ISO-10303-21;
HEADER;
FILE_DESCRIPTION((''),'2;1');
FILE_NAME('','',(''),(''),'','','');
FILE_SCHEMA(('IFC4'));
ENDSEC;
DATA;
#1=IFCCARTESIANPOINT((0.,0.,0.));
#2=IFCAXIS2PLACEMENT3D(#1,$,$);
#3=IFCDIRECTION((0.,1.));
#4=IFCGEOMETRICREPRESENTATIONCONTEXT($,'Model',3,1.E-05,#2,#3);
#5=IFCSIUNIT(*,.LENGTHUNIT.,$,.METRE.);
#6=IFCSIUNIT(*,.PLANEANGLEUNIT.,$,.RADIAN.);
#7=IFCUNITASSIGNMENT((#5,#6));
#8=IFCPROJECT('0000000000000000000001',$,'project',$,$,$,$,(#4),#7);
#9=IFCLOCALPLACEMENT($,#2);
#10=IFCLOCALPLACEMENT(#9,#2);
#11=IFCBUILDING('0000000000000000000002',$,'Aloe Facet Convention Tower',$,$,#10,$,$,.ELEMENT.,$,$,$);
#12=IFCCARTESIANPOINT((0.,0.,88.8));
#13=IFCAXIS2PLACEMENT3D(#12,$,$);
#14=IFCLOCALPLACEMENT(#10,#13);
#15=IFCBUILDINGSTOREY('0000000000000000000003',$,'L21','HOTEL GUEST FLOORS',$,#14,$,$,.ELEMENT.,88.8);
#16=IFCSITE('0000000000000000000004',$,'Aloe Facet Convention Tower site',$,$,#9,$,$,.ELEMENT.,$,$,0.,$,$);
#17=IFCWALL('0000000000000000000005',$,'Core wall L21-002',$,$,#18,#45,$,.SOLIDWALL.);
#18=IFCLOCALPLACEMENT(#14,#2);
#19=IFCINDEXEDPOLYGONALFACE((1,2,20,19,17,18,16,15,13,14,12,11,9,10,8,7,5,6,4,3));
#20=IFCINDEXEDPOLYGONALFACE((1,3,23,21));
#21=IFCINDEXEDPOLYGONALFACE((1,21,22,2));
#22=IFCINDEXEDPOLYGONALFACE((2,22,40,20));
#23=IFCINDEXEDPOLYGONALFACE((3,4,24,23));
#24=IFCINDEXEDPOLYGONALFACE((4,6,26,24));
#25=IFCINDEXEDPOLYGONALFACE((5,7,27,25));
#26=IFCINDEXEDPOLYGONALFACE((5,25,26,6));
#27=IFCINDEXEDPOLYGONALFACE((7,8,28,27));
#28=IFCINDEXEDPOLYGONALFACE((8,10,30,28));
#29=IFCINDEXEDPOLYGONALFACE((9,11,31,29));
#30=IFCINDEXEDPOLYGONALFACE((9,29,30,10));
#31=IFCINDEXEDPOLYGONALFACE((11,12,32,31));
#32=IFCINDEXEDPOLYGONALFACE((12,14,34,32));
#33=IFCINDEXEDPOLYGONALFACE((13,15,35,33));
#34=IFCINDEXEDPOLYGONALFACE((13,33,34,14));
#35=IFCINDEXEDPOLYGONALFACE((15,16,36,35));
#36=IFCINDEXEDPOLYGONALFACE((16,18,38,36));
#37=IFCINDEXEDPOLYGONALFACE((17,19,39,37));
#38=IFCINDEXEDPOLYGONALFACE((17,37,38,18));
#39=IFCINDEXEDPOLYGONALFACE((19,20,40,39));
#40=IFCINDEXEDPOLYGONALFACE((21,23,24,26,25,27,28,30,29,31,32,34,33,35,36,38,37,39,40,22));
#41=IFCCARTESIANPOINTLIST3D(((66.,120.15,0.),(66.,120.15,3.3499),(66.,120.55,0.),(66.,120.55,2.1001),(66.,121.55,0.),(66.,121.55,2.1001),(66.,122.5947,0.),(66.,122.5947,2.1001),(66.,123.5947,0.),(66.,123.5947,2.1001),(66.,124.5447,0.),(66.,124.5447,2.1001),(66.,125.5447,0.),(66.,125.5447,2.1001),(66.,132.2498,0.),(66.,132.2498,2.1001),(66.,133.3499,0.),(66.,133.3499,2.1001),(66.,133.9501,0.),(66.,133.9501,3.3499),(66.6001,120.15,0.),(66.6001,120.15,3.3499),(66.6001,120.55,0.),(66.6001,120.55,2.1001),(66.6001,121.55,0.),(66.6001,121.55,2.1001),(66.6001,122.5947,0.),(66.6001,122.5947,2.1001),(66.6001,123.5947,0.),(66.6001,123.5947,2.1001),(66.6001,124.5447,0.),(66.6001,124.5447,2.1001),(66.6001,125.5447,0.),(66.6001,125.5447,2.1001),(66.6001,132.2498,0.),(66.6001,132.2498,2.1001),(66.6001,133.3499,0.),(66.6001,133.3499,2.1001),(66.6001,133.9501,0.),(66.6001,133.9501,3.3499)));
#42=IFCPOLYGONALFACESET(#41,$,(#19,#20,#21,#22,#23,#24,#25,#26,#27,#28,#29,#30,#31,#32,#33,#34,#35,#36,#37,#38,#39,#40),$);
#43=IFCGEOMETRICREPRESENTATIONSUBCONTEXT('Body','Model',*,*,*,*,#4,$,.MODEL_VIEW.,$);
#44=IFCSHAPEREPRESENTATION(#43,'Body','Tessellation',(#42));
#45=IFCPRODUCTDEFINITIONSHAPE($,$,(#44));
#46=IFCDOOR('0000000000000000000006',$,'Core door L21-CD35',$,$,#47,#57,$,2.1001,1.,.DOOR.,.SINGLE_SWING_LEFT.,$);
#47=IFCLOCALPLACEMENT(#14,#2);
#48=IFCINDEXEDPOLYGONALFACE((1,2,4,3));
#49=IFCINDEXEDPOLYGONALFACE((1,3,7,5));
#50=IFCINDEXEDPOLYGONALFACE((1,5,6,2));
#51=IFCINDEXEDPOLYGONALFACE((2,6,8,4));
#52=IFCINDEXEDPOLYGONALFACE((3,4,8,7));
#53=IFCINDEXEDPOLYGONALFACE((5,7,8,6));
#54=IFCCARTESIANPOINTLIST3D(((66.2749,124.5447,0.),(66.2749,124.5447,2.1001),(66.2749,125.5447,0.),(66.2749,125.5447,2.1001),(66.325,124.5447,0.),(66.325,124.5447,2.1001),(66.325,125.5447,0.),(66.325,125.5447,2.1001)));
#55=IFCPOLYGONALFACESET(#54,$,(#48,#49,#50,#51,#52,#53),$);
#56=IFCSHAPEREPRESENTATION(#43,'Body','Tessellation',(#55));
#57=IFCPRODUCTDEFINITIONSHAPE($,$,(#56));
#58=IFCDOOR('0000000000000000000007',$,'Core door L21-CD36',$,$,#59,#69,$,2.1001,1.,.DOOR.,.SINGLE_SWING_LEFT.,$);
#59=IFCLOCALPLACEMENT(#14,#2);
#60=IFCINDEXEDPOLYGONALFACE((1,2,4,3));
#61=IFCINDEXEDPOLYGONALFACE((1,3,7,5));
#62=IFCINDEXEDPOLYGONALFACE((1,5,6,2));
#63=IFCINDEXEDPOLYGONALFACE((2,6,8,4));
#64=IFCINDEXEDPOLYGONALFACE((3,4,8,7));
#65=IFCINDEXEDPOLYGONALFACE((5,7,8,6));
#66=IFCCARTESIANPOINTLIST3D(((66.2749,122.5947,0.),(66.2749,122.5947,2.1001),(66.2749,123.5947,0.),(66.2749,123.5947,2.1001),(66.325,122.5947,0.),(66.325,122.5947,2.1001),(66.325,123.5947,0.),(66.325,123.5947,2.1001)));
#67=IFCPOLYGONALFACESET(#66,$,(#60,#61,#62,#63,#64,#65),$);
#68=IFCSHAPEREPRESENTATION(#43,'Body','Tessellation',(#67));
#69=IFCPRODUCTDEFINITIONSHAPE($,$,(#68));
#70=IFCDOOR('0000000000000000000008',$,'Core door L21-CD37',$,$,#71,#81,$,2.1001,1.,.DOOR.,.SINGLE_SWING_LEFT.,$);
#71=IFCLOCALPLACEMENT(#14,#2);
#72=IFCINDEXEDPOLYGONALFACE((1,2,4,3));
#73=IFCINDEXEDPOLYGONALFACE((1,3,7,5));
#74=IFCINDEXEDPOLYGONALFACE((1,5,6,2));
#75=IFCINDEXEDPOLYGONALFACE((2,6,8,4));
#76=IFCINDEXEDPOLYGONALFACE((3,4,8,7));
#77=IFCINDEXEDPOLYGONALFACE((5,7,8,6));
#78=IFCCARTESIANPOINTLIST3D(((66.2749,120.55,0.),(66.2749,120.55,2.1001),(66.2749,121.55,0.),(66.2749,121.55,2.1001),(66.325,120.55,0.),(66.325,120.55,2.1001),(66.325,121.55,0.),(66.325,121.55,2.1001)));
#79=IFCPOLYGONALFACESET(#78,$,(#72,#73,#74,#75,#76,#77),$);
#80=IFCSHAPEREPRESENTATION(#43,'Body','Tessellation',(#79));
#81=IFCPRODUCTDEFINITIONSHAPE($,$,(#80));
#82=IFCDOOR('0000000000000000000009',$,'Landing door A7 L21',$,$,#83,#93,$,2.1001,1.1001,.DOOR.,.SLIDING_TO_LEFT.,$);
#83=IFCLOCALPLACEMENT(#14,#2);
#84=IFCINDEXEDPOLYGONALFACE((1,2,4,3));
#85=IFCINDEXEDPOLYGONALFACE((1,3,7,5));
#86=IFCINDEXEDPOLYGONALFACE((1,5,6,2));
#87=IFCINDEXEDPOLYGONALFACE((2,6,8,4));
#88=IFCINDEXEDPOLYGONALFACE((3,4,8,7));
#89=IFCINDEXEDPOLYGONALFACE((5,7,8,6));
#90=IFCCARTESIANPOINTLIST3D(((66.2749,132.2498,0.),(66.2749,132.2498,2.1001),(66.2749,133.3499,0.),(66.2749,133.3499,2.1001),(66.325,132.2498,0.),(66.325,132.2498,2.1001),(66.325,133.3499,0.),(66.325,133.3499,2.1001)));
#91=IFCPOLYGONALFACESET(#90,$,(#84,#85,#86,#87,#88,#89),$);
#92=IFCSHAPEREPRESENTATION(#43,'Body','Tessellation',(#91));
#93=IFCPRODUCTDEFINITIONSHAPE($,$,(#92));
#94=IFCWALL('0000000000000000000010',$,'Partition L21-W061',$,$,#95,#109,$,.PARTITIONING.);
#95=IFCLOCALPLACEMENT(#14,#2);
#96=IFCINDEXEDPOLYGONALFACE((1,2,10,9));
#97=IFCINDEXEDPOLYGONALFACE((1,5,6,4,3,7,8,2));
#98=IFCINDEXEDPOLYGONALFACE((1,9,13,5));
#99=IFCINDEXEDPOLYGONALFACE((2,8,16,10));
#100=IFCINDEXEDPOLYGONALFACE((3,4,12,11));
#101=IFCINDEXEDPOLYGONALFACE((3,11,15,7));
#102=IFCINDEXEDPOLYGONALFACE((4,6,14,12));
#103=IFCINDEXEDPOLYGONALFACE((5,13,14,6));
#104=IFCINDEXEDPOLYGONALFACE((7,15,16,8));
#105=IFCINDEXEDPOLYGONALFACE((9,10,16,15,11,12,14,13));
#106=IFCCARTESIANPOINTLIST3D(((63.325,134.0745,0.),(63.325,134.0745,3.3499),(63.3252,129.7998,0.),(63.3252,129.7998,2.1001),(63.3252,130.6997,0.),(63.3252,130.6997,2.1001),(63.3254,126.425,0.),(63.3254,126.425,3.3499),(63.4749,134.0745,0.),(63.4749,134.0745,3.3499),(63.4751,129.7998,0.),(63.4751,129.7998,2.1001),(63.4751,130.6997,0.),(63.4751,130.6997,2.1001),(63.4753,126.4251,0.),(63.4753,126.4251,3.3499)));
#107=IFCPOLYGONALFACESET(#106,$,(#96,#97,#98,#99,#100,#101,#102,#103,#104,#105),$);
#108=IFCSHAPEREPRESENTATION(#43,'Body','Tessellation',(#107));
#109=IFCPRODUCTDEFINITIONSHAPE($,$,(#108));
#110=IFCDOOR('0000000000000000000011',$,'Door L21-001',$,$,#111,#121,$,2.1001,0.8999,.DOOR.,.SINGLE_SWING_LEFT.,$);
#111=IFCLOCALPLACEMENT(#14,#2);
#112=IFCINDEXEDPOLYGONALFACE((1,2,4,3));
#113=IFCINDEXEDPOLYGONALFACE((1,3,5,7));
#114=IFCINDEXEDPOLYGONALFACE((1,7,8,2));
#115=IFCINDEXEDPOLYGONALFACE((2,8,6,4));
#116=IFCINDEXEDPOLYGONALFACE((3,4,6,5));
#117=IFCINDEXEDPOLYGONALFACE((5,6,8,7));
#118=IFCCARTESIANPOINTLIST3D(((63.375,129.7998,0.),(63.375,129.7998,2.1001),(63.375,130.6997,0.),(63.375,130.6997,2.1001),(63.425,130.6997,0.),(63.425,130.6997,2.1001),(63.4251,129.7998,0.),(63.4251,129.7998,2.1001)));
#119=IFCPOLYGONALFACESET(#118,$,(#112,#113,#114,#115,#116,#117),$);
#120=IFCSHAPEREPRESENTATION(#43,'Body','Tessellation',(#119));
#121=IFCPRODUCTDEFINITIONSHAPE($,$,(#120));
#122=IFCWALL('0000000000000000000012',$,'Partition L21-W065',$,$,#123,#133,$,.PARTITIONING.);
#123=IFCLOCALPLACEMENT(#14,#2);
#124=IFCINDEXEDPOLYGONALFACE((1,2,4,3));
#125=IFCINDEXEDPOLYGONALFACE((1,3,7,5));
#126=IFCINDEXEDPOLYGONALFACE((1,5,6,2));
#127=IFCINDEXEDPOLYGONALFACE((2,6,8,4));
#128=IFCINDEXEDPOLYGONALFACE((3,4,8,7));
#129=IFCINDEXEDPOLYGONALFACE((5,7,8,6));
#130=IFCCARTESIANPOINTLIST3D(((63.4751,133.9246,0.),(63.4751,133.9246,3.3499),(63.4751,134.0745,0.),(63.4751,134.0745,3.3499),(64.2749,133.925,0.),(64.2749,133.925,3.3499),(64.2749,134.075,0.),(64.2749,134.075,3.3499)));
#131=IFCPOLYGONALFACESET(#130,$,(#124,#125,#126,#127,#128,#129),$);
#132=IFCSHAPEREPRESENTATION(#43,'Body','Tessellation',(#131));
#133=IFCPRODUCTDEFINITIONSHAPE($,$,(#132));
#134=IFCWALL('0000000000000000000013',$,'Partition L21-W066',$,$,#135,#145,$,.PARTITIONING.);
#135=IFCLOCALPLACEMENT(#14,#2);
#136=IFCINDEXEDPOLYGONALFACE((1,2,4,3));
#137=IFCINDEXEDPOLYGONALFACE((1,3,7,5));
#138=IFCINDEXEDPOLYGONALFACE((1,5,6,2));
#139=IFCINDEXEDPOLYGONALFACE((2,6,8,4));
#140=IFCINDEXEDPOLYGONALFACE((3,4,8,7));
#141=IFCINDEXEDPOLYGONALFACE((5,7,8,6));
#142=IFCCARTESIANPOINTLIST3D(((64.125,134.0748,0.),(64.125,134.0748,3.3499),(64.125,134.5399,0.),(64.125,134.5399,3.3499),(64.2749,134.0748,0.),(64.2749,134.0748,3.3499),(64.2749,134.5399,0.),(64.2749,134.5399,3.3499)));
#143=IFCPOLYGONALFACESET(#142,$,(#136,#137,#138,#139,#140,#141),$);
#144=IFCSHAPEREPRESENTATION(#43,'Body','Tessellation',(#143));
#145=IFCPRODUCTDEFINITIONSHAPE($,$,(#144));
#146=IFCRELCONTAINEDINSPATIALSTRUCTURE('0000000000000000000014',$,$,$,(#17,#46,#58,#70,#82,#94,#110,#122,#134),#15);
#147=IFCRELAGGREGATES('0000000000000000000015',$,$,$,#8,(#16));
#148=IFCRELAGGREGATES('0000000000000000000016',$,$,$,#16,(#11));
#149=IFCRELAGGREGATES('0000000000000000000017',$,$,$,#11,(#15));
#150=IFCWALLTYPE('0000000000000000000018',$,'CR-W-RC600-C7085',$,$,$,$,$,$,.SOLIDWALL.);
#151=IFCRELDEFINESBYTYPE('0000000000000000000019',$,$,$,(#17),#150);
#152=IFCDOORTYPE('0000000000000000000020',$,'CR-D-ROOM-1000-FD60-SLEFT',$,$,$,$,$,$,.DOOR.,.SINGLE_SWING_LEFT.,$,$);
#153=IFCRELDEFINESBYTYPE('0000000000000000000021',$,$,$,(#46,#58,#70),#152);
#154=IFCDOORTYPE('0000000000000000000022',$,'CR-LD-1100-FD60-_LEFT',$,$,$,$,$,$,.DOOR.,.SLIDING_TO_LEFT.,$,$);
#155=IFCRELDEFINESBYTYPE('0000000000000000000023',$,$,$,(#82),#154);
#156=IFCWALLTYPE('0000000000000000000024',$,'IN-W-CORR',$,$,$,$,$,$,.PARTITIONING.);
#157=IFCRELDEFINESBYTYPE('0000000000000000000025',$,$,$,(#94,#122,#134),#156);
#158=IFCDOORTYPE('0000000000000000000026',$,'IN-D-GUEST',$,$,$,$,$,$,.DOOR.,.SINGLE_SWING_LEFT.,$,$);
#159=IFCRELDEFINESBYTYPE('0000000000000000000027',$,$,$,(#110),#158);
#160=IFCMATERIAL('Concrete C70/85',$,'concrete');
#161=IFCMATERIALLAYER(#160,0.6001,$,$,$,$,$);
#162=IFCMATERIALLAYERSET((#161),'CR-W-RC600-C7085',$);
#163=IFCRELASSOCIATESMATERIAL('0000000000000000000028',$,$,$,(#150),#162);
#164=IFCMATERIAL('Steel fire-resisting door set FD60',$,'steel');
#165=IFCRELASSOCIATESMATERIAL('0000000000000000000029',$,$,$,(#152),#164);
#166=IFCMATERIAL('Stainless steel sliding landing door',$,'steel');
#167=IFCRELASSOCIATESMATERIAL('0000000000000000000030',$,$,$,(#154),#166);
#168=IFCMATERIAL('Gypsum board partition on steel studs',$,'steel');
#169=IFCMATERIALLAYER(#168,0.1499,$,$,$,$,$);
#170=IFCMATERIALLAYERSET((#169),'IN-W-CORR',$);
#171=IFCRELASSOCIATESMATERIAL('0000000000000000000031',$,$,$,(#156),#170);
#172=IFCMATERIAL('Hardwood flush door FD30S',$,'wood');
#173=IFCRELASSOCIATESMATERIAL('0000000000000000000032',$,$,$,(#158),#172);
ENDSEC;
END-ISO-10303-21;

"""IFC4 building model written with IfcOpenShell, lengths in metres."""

from ifc_helpers import new_model, si_unit, direction, frame, frame_2d, origin, place, context, subcontext, project, spatial, rectangle, extrude, material, layer, layer_set, type_object, element, fill, save


model = new_model("IFC4")

# Units and contexts
model_context = context("Model", 3, precision=1e-05, world=origin(), true_north=direction((0.0, 1.0)))
body_context = subcontext(model_context, "Body", "Model", "MODEL_VIEW")
ifc_project = project(units=[si_unit("LENGTHUNIT", "METRE"), si_unit("PLANEANGLEUNIT", "RADIAN")], contexts=[model_context])

# Site, building, storey
site_placement = place(None, origin())
site = spatial("IfcSite", under=ifc_project, at=site_placement, Name="Aloe Facet Convention Tower site", CompositionType="ELEMENT", RefElevation=0.0)
building_placement = place(site_placement, origin())
building = spatial("IfcBuilding", under=site, at=building_placement, Name="Aloe Facet Convention Tower", CompositionType="ELEMENT")
storey_placement = place(building_placement, frame((0.0, 0.0, 88.8)))
storey = spatial("IfcBuildingStorey", under=building, at=storey_placement, Name="L21", Description="HOTEL GUEST FLOORS", CompositionType="ELEMENT", Elevation=88.8)

# Shared definitions
ifc_material_1 = material(Name="Concrete C70/85", Category="concrete")
ifc_layer_1 = layer(ifc_material_1, 0.6001)
ifc_layer_set_1 = layer_set([ifc_layer_1], Name="CR-W-RC600-C7085")
wall_type_1 = type_object("IfcWallType", Name="CR-W-RC600-C7085", PredefinedType="SOLIDWALL", material=ifc_layer_set_1)

# Wall, openings, doors
wall_1_placement = place(storey_placement, frame((66.3, 133.95, 0.0), z_axis=(0.0, 0.0, 1.0), x_axis=(0.0, -1.0, 0.0)))
wall_1 = element("IfcWall", 1, at=wall_1_placement, inside=storey, type_object=wall_type_1, Name="Core wall L21-002", PredefinedType="SOLIDWALL", context=body_context, shape_type="SweptSolid", body=[
    extrude(rectangle(XDim=13.8, YDim=0.6001, at=frame_2d((6.8999, 0.0))), origin(), (0.0, 0.0, 1.0), 3.3499),
])
opening_1_placement = place(wall_1_placement, frame((0.6001, 0.0, 0.0)))
opening_1 = element("IfcOpeningElement", 2, at=opening_1_placement, cuts=wall_1, PredefinedType="OPENING", context=body_context, shape_type="SweptSolid", body=[
    extrude(rectangle(XDim=1.1001, YDim=2.1001, at=frame_2d((0.55, 1.05))), frame((0.0, 0.3101, 0.0), z_axis=(0.0, -1.0, 0.0), x_axis=(1.0, 0.0, 0.0)), (0.0, 0.0, 1.0), 0.6201),
])
opening_2_placement = place(wall_1_placement, frame((8.4053, 0.0, 0.0)))
opening_2 = element("IfcOpeningElement", 3, at=opening_2_placement, cuts=wall_1, PredefinedType="OPENING", context=body_context, shape_type="SweptSolid", body=[
    extrude(rectangle(XDim=1.0, YDim=2.1001, at=frame_2d((0.5, 1.05))), frame((0.0, 0.3101, 0.0), z_axis=(0.0, -1.0, 0.0), x_axis=(1.0, 0.0, 0.0)), (0.0, 0.0, 1.0), 0.6201),
])
opening_3_placement = place(wall_1_placement, frame((10.3552, 0.0, 0.0)))
opening_3 = element("IfcOpeningElement", 4, at=opening_3_placement, cuts=wall_1, PredefinedType="OPENING", context=body_context, shape_type="SweptSolid", body=[
    extrude(rectangle(XDim=1.0, YDim=2.1001, at=frame_2d((0.5, 1.05))), frame((0.0, 0.3101, 0.0), z_axis=(0.0, -1.0, 0.0), x_axis=(1.0, 0.0, 0.0)), (0.0, 0.0, 1.0), 0.6201),
])
opening_4_placement = place(wall_1_placement, frame((12.3999, 0.0, 0.0)))
opening_4 = element("IfcOpeningElement", 5, at=opening_4_placement, cuts=wall_1, PredefinedType="OPENING", context=body_context, shape_type="SweptSolid", body=[
    extrude(rectangle(XDim=1.0, YDim=2.1001, at=frame_2d((0.5, 1.05))), frame((0.0, 0.3101, 0.0), z_axis=(0.0, -1.0, 0.0), x_axis=(1.0, 0.0, 0.0)), (0.0, 0.0, 1.0), 0.6201),
])
ifc_material_2 = material(Name="Steel fire-resisting door set FD60", Category="steel")
door_type_1 = type_object("IfcDoorType", Name="CR-D-ROOM-1000-FD60-SLEFT", OperationType="SINGLE_SWING_LEFT", PredefinedType="DOOR", material=ifc_material_2)
door_1_placement = place(opening_2_placement, origin())
door_1 = element("IfcDoor", 6, at=door_1_placement, inside=storey, type_object=door_type_1, Name="Core door L21-CD35", OperationType="SINGLE_SWING_LEFT", OverallHeight=2.1001, OverallWidth=1.0, PredefinedType="DOOR", context=body_context, shape_type="SweptSolid", body=[
    extrude(rectangle(XDim=1.0, YDim=2.1001, at=frame_2d((0.5, 1.05))), frame((0.0, 0.0249, 0.0), z_axis=(0.0, -1.0, 0.0), x_axis=(1.0, 0.0, 0.0)), (0.0, 0.0, 1.0), 0.05),
])
fill(opening_2, door_1)
door_2_placement = place(opening_3_placement, origin())
door_2 = element("IfcDoor", 7, at=door_2_placement, inside=storey, type_object=door_type_1, Name="Core door L21-CD36", OperationType="SINGLE_SWING_LEFT", OverallHeight=2.1001, OverallWidth=1.0, PredefinedType="DOOR", context=body_context, shape_type="SweptSolid", body=[
    extrude(rectangle(XDim=1.0, YDim=2.1001, at=frame_2d((0.5, 1.05))), frame((0.0, 0.0249, 0.0), z_axis=(0.0, -1.0, 0.0), x_axis=(1.0, 0.0, 0.0)), (0.0, 0.0, 1.0), 0.05),
])
fill(opening_3, door_2)
door_3_placement = place(opening_4_placement, origin())
door_3 = element("IfcDoor", 8, at=door_3_placement, inside=storey, type_object=door_type_1, Name="Core door L21-CD37", OperationType="SINGLE_SWING_LEFT", OverallHeight=2.1001, OverallWidth=1.0, PredefinedType="DOOR", context=body_context, shape_type="SweptSolid", body=[
    extrude(rectangle(XDim=1.0, YDim=2.1001, at=frame_2d((0.5, 1.05))), frame((0.0, 0.0249, 0.0), z_axis=(0.0, -1.0, 0.0), x_axis=(1.0, 0.0, 0.0)), (0.0, 0.0, 1.0), 0.05),
])
fill(opening_4, door_3)
ifc_material_3 = material(Name="Stainless steel sliding landing door", Category="steel")
door_type_2 = type_object("IfcDoorType", Name="CR-LD-1100-FD60-_LEFT", OperationType="SLIDING_TO_LEFT", PredefinedType="DOOR", material=ifc_material_3)
door_4_placement = place(opening_1_placement, origin())
door_4 = element("IfcDoor", 9, at=door_4_placement, inside=storey, type_object=door_type_2, Name="Landing door A7 L21", OperationType="SLIDING_TO_LEFT", OverallHeight=2.1001, OverallWidth=1.1001, PredefinedType="DOOR", context=body_context, shape_type="SweptSolid", body=[
    extrude(rectangle(XDim=1.1001, YDim=2.1001, at=frame_2d((0.55, 1.05))), frame((0.0, 0.0249, 0.0), z_axis=(0.0, -1.0, 0.0), x_axis=(1.0, 0.0, 0.0)), (0.0, 0.0, 1.0), 0.05),
])
fill(opening_1, door_4)

# Wall, opening, door
ifc_material_4 = material(Name="Gypsum board partition on steel studs", Category="steel")
ifc_layer_2 = layer(ifc_material_4, 0.1499)
ifc_layer_set_2 = layer_set([ifc_layer_2], Name="IN-W-CORR")
wall_type_2 = type_object("IfcWallType", Name="IN-W-CORR", PredefinedType="PARTITIONING", material=ifc_layer_set_2)
wall_2_placement = place(storey_placement, frame((63.3999, 134.0745, 0.0), z_axis=(0.0, 0.0, 1.0), x_axis=(0.000064, -1.0, 0.0)))
wall_2 = element("IfcWall", 10, at=wall_2_placement, inside=storey, type_object=wall_type_2, Name="Partition L21-W061", PredefinedType="PARTITIONING", context=body_context, shape_type="SweptSolid", body=[
    extrude(rectangle(XDim=7.6494, YDim=0.1499, at=frame_2d((3.8247, 0.0))), origin(), (0.0, 0.0, 1.0), 3.3499),
])
opening_5_placement = place(wall_2_placement, frame((3.3748, 0.0, 0.0)))
opening_5 = element("IfcOpeningElement", 11, at=opening_5_placement, cuts=wall_2, PredefinedType="OPENING", context=body_context, shape_type="SweptSolid", body=[
    extrude(rectangle(XDim=0.8999, YDim=2.1001, at=frame_2d((0.45, 1.05))), frame((0.0, 0.085, 0.0), z_axis=(0.0, -1.0, 0.0), x_axis=(1.0, 0.0, 0.0)), (0.0, 0.0, 1.0), 0.1699),
])
ifc_material_5 = material(Name="Hardwood flush door FD30S", Category="wood")
door_type_3 = type_object("IfcDoorType", Name="IN-D-GUEST", OperationType="SINGLE_SWING_LEFT", PredefinedType="DOOR", material=ifc_material_5)
door_5_placement = place(opening_5_placement, origin())
door_5 = element("IfcDoor", 12, at=door_5_placement, inside=storey, type_object=door_type_3, Name="Door L21-001", OperationType="SINGLE_SWING_LEFT", OverallHeight=2.1001, OverallWidth=0.8999, PredefinedType="DOOR", context=body_context, shape_type="SweptSolid", body=[
    extrude(rectangle(XDim=0.8999, YDim=2.1001, at=frame_2d((0.45, 1.05))), frame((0.0, 0.0249, 0.0), z_axis=(0.0, -1.0, 0.0), x_axis=(1.0, 0.0, 0.0)), (0.0, 0.0, 1.0), 0.05),
])
fill(opening_5, door_5)

# Walls
wall_3_placement = place(storey_placement, frame((63.4751, 133.9995, 0.0), z_axis=(0.0, 0.0, 1.0), x_axis=(1.0, 0.000611, 0.0)))
element("IfcWall", 13, at=wall_3_placement, inside=storey, type_object=wall_type_2, Name="Partition L21-W065", PredefinedType="PARTITIONING", context=body_context, shape_type="SweptSolid", body=[
    extrude(rectangle(XDim=0.7998, YDim=0.1499, at=frame_2d((0.3999, 0.0))), origin(), (0.0, 0.0, 1.0), 3.3499),
])
wall_4_placement = place(storey_placement, frame((64.2, 134.075, 0.0), z_axis=(0.0, 0.0, 1.0), x_axis=(0.0, 1.0, 0.0)))
element("IfcWall", 14, at=wall_4_placement, inside=storey, type_object=wall_type_2, Name="Partition L21-W066", PredefinedType="PARTITIONING", context=body_context, shape_type="SweptSolid", body=[
    extrude(rectangle(XDim=0.4651, YDim=0.1499, at=frame_2d((0.2324, 0.0))), origin(), (0.0, 0.0, 1.0), 3.3499),
])

save(model, "model.ifc")
